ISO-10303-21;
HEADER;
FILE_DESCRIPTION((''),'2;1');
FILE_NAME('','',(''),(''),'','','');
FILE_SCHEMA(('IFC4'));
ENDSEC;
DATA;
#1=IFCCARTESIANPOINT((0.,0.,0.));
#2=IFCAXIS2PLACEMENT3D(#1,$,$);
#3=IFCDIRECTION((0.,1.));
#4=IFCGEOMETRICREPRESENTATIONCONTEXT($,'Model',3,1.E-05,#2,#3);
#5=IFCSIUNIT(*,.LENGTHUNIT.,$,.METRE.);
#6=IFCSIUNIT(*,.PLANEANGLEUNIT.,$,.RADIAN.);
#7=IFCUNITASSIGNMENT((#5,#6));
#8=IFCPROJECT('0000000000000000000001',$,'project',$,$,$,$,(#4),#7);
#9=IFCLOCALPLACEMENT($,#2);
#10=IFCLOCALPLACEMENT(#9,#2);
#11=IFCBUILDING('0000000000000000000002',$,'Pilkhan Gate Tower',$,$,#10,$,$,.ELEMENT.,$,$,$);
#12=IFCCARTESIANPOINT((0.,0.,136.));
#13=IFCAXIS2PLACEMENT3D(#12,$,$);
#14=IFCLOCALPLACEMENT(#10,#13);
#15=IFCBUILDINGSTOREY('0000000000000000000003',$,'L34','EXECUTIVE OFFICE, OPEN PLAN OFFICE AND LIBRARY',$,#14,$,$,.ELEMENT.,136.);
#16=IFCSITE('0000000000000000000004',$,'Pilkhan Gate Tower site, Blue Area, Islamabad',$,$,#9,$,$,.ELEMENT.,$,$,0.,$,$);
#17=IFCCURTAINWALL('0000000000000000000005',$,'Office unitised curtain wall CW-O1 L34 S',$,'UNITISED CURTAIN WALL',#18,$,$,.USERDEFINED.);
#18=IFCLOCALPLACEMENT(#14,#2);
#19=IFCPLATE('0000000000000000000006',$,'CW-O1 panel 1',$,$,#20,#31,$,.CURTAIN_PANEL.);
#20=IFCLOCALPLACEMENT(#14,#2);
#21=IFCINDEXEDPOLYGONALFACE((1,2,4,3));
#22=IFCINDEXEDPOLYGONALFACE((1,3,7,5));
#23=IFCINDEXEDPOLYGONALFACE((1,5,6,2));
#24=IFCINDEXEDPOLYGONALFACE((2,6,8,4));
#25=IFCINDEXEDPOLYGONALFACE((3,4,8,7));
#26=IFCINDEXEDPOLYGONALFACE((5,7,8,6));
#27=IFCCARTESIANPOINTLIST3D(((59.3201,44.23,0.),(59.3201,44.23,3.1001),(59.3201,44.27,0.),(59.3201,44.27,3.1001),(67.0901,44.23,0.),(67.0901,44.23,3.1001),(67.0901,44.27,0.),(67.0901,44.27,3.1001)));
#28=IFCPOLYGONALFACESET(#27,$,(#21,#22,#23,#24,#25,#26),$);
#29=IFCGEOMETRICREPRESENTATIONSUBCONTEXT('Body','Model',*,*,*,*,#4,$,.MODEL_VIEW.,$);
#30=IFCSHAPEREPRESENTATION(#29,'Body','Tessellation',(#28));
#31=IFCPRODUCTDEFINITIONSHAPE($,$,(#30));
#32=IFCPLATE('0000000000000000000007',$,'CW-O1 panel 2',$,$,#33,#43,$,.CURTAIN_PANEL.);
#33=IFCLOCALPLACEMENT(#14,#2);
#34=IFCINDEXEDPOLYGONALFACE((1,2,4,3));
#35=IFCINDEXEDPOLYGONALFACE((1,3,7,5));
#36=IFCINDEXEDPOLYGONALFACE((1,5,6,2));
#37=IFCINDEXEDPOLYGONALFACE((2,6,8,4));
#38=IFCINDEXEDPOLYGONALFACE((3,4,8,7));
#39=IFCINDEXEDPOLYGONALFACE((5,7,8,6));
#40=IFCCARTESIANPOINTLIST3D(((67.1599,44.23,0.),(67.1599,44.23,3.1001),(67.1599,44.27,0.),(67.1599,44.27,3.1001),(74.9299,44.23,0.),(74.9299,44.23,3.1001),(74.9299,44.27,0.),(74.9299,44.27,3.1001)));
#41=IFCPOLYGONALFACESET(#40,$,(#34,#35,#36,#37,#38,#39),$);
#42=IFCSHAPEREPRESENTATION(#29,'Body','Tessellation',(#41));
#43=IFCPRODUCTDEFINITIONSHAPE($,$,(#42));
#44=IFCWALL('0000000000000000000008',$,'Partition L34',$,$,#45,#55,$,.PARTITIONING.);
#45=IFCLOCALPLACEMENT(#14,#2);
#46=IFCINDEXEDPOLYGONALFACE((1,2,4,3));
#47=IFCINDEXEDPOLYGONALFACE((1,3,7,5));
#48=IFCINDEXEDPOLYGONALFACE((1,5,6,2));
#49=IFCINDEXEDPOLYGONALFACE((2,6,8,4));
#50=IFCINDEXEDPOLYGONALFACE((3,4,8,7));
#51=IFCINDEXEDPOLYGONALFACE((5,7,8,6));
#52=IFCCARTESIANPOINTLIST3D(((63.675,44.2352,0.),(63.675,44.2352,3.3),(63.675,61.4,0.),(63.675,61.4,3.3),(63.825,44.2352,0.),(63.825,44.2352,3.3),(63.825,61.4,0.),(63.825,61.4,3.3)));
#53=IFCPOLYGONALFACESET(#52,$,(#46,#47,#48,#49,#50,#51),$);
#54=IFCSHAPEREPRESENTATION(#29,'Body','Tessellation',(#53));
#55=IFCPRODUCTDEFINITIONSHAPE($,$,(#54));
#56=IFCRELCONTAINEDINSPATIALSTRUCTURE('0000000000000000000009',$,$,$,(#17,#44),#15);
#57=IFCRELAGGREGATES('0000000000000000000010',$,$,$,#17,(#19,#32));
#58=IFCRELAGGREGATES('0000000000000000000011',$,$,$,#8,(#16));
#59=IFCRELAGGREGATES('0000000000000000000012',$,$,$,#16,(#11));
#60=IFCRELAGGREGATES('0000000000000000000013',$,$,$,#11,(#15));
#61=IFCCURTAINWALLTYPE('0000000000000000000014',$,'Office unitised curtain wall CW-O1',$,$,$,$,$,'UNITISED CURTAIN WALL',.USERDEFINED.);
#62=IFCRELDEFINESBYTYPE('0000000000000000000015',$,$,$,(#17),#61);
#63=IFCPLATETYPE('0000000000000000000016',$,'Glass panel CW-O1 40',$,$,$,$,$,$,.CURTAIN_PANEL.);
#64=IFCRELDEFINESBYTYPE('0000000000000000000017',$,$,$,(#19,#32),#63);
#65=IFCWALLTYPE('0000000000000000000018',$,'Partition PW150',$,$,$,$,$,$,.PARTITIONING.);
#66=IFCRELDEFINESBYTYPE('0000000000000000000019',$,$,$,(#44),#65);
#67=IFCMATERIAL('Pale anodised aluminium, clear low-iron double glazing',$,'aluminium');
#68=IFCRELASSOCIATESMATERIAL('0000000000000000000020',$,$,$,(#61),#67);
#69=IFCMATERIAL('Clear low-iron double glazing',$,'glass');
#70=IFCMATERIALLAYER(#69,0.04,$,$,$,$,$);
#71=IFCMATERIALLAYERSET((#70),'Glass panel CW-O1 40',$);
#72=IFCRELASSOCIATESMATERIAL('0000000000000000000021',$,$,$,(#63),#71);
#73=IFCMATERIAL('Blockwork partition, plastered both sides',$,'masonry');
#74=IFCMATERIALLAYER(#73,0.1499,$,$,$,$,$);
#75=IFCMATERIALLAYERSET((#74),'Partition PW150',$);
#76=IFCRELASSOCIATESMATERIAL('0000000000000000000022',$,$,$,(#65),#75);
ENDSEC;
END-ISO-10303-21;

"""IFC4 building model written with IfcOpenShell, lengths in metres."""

from ifc_helpers import new_model, si_unit, direction, frame, frame_2d, origin, origin_2d, place, context, subcontext, project, spatial, rectangle, extrude, material, layer, layer_set, type_object, element, aggregate, save


model = new_model("IFC4")

# Units and contexts
model_context = context("Model", 3, precision=1e-05, world=origin(), true_north=direction((0.0, 1.0)))
body_context = subcontext(model_context, "Body", "Model", "MODEL_VIEW")
ifc_project = project(units=[si_unit("LENGTHUNIT", "METRE"), si_unit("PLANEANGLEUNIT", "RADIAN")], contexts=[model_context])

# Site, building, storey
site_placement = place(None, origin())
site = spatial("IfcSite", under=ifc_project, at=site_placement, Name="Pilkhan Gate Tower site, Blue Area, Islamabad", CompositionType="ELEMENT", RefElevation=0.0)
building_placement = place(site_placement, origin())
building = spatial("IfcBuilding", under=site, at=building_placement, Name="Pilkhan Gate Tower", CompositionType="ELEMENT")
storey_placement = place(building_placement, frame((0.0, 0.0, 136.0)))
storey = spatial("IfcBuildingStorey", under=building, at=storey_placement, Name="L34", Description="EXECUTIVE OFFICE, OPEN PLAN OFFICE AND LIBRARY", CompositionType="ELEMENT", Elevation=136.0)

# Curtain wall
ifc_material_1 = material(Name="Pale anodised aluminium, clear low-iron double glazing", Category="aluminium")
curtain_wall_type = type_object("IfcCurtainWallType", Name="Office unitised curtain wall CW-O1", ElementType="UNITISED CURTAIN WALL", PredefinedType="USERDEFINED", material=ifc_material_1)
curtain_wall_1_placement = place(storey_placement, origin())
curtain_wall_1 = element("IfcCurtainWall", 1, at=curtain_wall_1_placement, inside=storey, type_object=curtain_wall_type, Name="Office unitised curtain wall CW-O1 L34 S", ObjectType="UNITISED CURTAIN WALL", PredefinedType="USERDEFINED")

# Plates
ifc_material_2 = material(Name="Clear low-iron double glazing", Category="glass")
ifc_layer_1 = layer(ifc_material_2, 0.04)
ifc_layer_set_1 = layer_set([ifc_layer_1], Name="Glass panel CW-O1 40")
plate_type = type_object("IfcPlateType", Name="Glass panel CW-O1 40", PredefinedType="CURTAIN_PANEL", material=ifc_layer_set_1)
plate_1_placement = place(storey_placement, frame((63.2051, 44.25, 0.0), z_axis=(0.0, 0.0, 1.0), x_axis=(1.0, 0.0, 0.0)))
plate_1 = element("IfcPlate", 2, at=plate_1_placement, type_object=plate_type, Name="CW-O1 panel 1", PredefinedType="CURTAIN_PANEL", context=body_context, shape_type="SweptSolid", body=[
    extrude(rectangle(XDim=7.77, YDim=0.04, at=origin_2d()), origin(), (0.0, 0.0, 1.0), 3.1001),
])
plate_2_placement = place(storey_placement, frame((71.0449, 44.25, 0.0), z_axis=(0.0, 0.0, 1.0), x_axis=(1.0, 0.0, 0.0)))
plate_2 = element("IfcPlate", 3, at=plate_2_placement, type_object=plate_type, Name="CW-O1 panel 2", PredefinedType="CURTAIN_PANEL", context=body_context, shape_type="SweptSolid", body=[
    extrude(rectangle(XDim=7.77, YDim=0.04, at=origin_2d()), origin(), (0.0, 0.0, 1.0), 3.1001),
])
aggregate(curtain_wall_1, [plate_1, plate_2])

# Wall
ifc_material_3 = material(Name="Blockwork partition, plastered both sides", Category="masonry")
ifc_layer_2 = layer(ifc_material_3, 0.1499)
ifc_layer_set_2 = layer_set([ifc_layer_2], Name="Partition PW150")
wall_type = type_object("IfcWallType", Name="Partition PW150", PredefinedType="PARTITIONING", material=ifc_layer_set_2)
wall_placement = place(storey_placement, frame((63.75, 44.2351, 0.0), z_axis=(0.0, 0.0, 1.0), x_axis=(0.0, 1.0, 0.0)))
element("IfcWall", 4, at=wall_placement, inside=storey, type_object=wall_type, Name="Partition L34", PredefinedType="PARTITIONING", context=body_context, shape_type="SweptSolid", body=[
    extrude(rectangle(XDim=17.1648, YDim=0.1499, at=frame_2d((8.5825, 0.0))), origin(), (0.0, 0.0, 1.0), 3.3),
])

save(model, "model.ifc")
